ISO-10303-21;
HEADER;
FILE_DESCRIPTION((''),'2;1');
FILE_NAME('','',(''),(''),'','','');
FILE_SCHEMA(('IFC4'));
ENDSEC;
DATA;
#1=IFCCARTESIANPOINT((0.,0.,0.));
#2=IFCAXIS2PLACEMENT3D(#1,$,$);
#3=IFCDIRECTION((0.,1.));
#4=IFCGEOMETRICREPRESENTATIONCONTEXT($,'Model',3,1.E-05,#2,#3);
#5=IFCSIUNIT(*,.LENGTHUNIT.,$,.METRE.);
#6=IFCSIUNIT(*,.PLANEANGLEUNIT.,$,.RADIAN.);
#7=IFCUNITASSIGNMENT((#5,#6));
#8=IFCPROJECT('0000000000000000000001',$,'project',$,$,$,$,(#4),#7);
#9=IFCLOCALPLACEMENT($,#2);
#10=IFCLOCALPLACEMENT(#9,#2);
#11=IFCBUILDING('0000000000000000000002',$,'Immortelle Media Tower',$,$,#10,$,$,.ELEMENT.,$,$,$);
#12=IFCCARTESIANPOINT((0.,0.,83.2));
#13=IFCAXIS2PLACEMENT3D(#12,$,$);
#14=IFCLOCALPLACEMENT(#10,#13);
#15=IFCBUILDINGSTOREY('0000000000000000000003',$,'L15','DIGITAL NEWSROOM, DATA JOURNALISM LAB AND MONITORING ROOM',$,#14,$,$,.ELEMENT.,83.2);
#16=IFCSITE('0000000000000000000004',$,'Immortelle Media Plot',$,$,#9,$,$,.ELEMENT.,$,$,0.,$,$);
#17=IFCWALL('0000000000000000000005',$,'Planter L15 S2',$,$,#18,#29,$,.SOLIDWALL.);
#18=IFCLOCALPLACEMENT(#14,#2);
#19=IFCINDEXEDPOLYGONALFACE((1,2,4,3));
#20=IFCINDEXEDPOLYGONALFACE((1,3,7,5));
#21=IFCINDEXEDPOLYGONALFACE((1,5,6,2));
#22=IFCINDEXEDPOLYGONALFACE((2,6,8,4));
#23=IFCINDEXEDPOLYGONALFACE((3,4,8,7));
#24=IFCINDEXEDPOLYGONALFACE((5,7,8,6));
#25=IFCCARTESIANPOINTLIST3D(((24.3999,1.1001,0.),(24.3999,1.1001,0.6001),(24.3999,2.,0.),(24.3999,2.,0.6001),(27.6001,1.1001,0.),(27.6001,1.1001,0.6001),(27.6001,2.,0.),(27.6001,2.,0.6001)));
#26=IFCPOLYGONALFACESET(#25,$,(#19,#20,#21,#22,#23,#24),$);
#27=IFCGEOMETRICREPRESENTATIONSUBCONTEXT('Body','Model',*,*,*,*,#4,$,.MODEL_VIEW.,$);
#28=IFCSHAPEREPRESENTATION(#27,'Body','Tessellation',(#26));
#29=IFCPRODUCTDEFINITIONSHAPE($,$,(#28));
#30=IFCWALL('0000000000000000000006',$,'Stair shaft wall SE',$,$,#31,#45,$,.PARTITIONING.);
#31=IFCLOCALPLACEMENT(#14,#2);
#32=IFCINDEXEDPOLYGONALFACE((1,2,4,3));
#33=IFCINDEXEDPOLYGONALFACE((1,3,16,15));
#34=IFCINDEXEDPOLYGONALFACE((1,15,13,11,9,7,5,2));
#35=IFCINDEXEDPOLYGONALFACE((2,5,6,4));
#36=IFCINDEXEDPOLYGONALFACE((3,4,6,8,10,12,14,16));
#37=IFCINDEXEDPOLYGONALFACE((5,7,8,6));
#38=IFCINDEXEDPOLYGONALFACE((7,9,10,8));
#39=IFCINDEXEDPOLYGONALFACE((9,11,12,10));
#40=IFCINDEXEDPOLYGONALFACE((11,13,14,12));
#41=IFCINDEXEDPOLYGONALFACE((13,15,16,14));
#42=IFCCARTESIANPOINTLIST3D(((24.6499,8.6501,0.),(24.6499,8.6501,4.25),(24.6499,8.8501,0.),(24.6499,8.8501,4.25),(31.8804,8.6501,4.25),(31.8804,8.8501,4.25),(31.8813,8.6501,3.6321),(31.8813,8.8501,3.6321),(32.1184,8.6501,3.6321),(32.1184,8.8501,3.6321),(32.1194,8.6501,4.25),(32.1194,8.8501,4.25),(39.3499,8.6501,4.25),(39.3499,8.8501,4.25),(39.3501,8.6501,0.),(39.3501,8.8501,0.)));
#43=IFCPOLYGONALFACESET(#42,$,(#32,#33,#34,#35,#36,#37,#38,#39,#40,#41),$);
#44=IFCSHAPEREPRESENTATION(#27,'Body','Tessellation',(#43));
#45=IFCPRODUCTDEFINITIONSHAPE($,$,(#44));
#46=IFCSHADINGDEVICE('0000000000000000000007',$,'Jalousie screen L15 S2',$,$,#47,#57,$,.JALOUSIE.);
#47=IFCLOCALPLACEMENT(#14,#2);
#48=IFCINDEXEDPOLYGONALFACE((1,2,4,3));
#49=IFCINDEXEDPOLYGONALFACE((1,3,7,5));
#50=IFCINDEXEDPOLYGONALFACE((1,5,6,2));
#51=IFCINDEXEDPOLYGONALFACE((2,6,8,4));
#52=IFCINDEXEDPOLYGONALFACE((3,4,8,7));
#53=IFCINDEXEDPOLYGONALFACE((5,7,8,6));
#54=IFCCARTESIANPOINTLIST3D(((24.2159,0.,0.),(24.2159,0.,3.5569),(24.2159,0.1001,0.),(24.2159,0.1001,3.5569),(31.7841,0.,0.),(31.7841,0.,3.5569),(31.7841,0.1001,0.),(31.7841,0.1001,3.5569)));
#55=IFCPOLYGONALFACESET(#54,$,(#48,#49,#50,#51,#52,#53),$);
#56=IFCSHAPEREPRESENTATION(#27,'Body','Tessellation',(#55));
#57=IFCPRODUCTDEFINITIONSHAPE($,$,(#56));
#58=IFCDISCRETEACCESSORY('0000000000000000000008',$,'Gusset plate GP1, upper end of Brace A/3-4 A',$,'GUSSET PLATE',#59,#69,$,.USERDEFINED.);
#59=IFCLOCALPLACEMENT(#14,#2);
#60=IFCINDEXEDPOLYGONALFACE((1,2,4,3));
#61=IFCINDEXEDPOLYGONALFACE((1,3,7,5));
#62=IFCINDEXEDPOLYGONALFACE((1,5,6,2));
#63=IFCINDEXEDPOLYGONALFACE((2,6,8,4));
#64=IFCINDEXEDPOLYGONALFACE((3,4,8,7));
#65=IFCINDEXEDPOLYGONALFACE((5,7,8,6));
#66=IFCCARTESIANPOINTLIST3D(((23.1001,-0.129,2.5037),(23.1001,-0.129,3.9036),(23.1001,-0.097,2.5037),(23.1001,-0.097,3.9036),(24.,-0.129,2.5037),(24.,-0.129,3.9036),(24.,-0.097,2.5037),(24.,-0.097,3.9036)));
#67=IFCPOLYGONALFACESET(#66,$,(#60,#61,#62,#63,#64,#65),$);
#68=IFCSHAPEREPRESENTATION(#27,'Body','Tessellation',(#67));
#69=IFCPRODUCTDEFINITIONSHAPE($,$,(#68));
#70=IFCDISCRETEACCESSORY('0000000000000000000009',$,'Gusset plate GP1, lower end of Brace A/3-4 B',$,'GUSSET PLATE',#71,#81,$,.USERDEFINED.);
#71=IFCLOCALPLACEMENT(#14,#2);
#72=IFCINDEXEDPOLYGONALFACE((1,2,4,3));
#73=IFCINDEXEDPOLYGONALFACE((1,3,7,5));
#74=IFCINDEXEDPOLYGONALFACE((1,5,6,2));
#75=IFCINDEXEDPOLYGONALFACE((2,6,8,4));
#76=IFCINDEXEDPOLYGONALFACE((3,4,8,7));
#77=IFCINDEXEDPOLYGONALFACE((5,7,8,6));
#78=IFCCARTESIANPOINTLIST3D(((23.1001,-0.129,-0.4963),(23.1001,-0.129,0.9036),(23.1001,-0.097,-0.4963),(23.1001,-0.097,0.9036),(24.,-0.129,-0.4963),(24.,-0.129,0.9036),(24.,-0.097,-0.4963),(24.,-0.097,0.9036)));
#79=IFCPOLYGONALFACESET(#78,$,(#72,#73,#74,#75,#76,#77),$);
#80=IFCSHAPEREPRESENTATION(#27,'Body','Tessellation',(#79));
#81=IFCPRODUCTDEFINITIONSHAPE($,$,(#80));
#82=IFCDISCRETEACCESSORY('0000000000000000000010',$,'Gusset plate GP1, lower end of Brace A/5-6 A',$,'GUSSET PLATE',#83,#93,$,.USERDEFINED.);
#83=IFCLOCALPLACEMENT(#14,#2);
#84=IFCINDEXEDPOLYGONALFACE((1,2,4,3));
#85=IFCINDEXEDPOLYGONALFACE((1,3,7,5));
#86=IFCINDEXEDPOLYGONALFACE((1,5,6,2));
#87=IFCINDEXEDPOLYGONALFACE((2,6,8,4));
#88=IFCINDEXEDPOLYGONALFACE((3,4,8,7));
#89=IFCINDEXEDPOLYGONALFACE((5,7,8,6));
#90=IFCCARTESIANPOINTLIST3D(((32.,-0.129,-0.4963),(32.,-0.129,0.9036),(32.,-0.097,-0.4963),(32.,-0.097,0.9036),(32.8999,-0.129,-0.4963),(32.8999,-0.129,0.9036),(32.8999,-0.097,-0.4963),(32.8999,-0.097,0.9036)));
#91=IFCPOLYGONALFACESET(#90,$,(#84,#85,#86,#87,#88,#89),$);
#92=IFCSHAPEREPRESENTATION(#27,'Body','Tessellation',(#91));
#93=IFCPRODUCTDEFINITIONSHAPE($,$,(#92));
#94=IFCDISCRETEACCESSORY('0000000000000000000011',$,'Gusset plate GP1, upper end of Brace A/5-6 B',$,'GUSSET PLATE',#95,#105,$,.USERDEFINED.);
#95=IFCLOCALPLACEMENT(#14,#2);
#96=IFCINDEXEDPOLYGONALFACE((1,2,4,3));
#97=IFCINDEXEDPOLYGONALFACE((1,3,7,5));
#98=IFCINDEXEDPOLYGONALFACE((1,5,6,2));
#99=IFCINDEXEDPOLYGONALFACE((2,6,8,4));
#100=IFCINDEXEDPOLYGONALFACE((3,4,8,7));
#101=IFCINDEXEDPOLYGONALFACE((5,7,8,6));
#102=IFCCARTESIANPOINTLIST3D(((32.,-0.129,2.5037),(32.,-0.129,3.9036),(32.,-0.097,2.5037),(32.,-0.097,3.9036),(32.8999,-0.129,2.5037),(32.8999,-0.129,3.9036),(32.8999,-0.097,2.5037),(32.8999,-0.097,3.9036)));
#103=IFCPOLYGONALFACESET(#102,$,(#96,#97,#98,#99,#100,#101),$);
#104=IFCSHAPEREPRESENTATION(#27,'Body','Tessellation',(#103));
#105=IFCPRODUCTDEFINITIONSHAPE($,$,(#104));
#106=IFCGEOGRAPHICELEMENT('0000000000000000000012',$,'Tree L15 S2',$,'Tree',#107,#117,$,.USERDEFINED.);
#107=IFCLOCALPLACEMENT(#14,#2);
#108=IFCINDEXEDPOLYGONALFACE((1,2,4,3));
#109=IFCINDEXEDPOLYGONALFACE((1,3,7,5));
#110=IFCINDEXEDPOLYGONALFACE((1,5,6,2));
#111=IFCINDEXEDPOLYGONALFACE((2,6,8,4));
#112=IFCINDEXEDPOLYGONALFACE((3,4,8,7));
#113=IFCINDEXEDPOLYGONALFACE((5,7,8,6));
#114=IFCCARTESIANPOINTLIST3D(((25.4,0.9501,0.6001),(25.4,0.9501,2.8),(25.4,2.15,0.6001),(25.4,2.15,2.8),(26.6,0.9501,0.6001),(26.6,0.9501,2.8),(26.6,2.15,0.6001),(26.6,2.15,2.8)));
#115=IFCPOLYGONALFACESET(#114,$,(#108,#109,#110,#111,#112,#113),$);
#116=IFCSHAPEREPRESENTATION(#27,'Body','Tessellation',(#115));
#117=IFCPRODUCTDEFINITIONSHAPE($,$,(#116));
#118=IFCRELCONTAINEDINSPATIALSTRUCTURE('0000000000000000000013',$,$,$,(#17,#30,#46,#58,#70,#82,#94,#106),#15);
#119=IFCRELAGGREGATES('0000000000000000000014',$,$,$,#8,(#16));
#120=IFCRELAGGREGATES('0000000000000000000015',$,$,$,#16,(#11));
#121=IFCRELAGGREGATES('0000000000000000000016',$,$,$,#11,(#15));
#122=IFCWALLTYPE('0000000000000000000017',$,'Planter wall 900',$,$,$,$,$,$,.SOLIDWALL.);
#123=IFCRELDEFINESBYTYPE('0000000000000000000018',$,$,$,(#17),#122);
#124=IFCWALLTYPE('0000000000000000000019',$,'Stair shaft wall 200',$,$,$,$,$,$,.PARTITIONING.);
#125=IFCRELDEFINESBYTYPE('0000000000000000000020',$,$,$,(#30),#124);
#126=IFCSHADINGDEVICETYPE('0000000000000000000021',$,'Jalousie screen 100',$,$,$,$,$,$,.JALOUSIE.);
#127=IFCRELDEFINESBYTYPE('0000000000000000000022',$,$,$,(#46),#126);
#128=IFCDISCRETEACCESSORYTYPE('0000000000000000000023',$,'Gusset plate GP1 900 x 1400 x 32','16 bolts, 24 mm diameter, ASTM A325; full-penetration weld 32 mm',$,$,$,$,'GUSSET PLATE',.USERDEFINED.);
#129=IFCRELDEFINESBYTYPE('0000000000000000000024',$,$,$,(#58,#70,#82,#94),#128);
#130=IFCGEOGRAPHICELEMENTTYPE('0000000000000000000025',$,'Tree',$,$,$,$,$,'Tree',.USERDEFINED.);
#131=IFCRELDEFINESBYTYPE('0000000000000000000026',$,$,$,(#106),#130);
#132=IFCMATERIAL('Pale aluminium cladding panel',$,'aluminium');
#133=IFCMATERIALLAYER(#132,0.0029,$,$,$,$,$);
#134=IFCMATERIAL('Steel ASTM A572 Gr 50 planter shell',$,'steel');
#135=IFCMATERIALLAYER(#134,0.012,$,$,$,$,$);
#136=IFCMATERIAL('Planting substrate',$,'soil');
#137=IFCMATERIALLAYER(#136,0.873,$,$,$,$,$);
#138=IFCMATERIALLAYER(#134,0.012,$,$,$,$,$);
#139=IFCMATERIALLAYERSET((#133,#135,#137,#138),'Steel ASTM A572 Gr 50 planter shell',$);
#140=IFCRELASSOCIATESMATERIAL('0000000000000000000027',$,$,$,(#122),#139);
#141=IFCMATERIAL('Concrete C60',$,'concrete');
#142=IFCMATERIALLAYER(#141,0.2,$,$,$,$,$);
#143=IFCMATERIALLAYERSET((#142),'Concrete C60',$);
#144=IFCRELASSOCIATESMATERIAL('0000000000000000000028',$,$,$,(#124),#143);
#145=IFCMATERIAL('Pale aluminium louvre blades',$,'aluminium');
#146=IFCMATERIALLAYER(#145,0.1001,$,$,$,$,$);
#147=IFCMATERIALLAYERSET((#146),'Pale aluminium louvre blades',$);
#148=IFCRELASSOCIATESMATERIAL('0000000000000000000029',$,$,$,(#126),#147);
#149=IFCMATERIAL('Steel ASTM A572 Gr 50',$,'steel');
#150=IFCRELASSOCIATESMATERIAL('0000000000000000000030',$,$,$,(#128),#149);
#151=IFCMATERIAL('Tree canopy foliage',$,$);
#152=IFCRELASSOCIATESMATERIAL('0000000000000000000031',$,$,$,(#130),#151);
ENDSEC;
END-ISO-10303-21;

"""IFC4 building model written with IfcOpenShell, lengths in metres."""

from ifc_helpers import new_model, si_unit, direction, frame, frame_2d, origin, origin_2d, place, context, subcontext, project, spatial, polyline, rectangle, outline, extrude, material, layer, layer_set, material_profile, profile_set, type_object, element, save


model = new_model("IFC4")

# Units and contexts
model_context = context("Model", 3, precision=1e-05, world=origin(), true_north=direction((0.0, 1.0)))
body_context = subcontext(model_context, "Body", "Model", "MODEL_VIEW")
ifc_project = project(units=[si_unit("LENGTHUNIT", "METRE"), si_unit("PLANEANGLEUNIT", "RADIAN")], contexts=[model_context])

# Site, building, storey
site_placement = place(None, origin())
site = spatial("IfcSite", under=ifc_project, at=site_placement, Name="Immortelle Media Plot", CompositionType="ELEMENT", RefElevation=0.0)
building_placement = place(site_placement, origin())
building = spatial("IfcBuilding", under=site, at=building_placement, Name="Immortelle Media Tower", CompositionType="ELEMENT")
storey_placement = place(building_placement, frame((0.0, 0.0, 83.2)))
storey = spatial("IfcBuildingStorey", under=building, at=storey_placement, Name="L15", Description="DIGITAL NEWSROOM, DATA JOURNALISM LAB AND MONITORING ROOM", CompositionType="ELEMENT", Elevation=83.2)

# Shared definitions
ifc_material_1 = material(Name="Pale aluminium cladding panel", Category="aluminium")

# Walls
ifc_layer_1 = layer(ifc_material_1, 0.0029)
ifc_material_2 = material(Name="Steel ASTM A572 Gr 50 planter shell", Category="steel")
ifc_layer_2 = layer(ifc_material_2, 0.012)
ifc_material_3 = material(Name="Planting substrate", Category="soil")
ifc_layer_3 = layer(ifc_material_3, 0.873)
ifc_layer_4 = layer(ifc_material_2, 0.012)
ifc_layer_set_1 = layer_set([ifc_layer_1, ifc_layer_2, ifc_layer_3, ifc_layer_4], Name="Steel ASTM A572 Gr 50 planter shell")
wall_type_1 = type_object("IfcWallType", Name="Planter wall 900", PredefinedType="SOLIDWALL", material=ifc_layer_set_1)
wall_1_placement = place(storey_placement, frame((24.3999, 1.55, 0.0), z_axis=(0.0, 0.0, 1.0), x_axis=(1.0, 0.0, 0.0)))
element("IfcWall", 1, at=wall_1_placement, inside=storey, type_object=wall_type_1, Name="Planter L15 S2", PredefinedType="SOLIDWALL", context=body_context, shape_type="SweptSolid", body=[
    extrude(rectangle(XDim=3.2002, YDim=0.8999, at=frame_2d((1.6001, 0.0))), origin(), (0.0, 0.0, 1.0), 0.6001),
])
ifc_material_4 = material(Name="Concrete C60", Category="concrete")
ifc_layer_5 = layer(ifc_material_4, 0.2)
ifc_layer_set_2 = layer_set([ifc_layer_5], Name="Concrete C60")
wall_type_2 = type_object("IfcWallType", Name="Stair shaft wall 200", PredefinedType="PARTITIONING", material=ifc_layer_set_2)
wall_2_placement = place(storey_placement, frame((24.6499, 8.75, 0.0), z_axis=(0.0, 0.0, 1.0), x_axis=(1.0, 0.0, 0.0)))
element("IfcWall", 2, at=wall_2_placement, inside=storey, type_object=wall_type_2, Name="Stair shaft wall SE", PredefinedType="PARTITIONING", context=body_context, shape_type="SweptSolid", body=[
    extrude(outline(polyline([(0.0, 0.0), (14.7002, 0.0), (14.7, 4.25), (7.4695, 4.25), (7.4685, 3.6321), (7.2314, 3.6321), (7.2305, 4.25), (0.0, 4.25), (0.0, 0.0)])), frame((0.0, 0.1001, 0.0), z_axis=(0.0, -1.0, 0.0), x_axis=(1.0, 0.0, 0.0)), (0.0, 0.0, 1.0), 0.2),
])

# Shading device
ifc_material_5 = material(Name="Pale aluminium louvre blades", Category="aluminium")
ifc_layer_6 = layer(ifc_material_5, 0.1001)
ifc_layer_set_3 = layer_set([ifc_layer_6], Name="Pale aluminium louvre blades")
shading_device_type = type_object("IfcShadingDeviceType", Name="Jalousie screen 100", PredefinedType="JALOUSIE", material=ifc_layer_set_3)
shading_device_placement = place(storey_placement, frame((28.0, 0.05, 0.0), z_axis=(0.0, 0.0, 1.0), x_axis=(1.0, 0.0, 0.0)))
element("IfcShadingDevice", 3, at=shading_device_placement, inside=storey, type_object=shading_device_type, Name="Jalousie screen L15 S2", PredefinedType="JALOUSIE", context=body_context, shape_type="SweptSolid", body=[
    extrude(rectangle(XDim=7.5681, YDim=0.1001, at=origin_2d()), origin(), (0.0, 0.0, 1.0), 3.5569),
])

# Discrete accessories
ifc_material_6 = material(Name="Steel ASTM A572 Gr 50", Category="steel")
ifc_material_profile_1 = material_profile(ifc_material_6, rectangle(XDim=0.032, YDim=1.3999, at=origin_2d()), Name="PL 32 x 1400")
ifc_profile_set_1 = profile_set([ifc_material_profile_1], Name="Steel ASTM A572 Gr 50")
discrete_accessory_type = type_object("IfcDiscreteAccessoryType", Name="Gusset plate GP1 900 x 1400 x 32", Description="16 bolts, 24 mm diameter, ASTM A325; full-penetration weld 32 mm", ElementType="GUSSET PLATE", PredefinedType="USERDEFINED", material=ifc_profile_set_1)
for number, where, z_axis, x_axis, name in (
    (4, (24.0, -0.113, 3.2036), (-1.0, 0.0, 0.0), (0.0, -1.0, 0.0), "Gusset plate GP1, upper end of Brace A/3-4 A"),
    (5, (24.0, -0.113, 0.2036), (-1.0, 0.0, 0.0), (0.0, -1.0, 0.0), "Gusset plate GP1, lower end of Brace A/3-4 B"),
    (6, (32.0, -0.113, 0.2036), (1.0, 0.0, 0.0), (0.0, 1.0, 0.0), "Gusset plate GP1, lower end of Brace A/5-6 A"),
    (7, (32.0, -0.113, 3.2036), (1.0, 0.0, 0.0), (0.0, 1.0, 0.0), "Gusset plate GP1, upper end of Brace A/5-6 B"),
):
    element("IfcDiscreteAccessory", number, at=place(storey_placement, frame(where, z_axis=z_axis, x_axis=x_axis)), inside=storey, type_object=discrete_accessory_type, Name=name, ObjectType="GUSSET PLATE", PredefinedType="USERDEFINED", context=body_context, shape_type="SweptSolid", body=[
        extrude(rectangle(XDim=0.032, YDim=1.3999, at=origin_2d()), origin(), (0.0, 0.0, 1.0), 0.8999),
    ])

# Geographic element
ifc_material_7 = material(Name="Tree canopy foliage")
geographic_element_type = type_object("IfcGeographicElementType", Name="Tree", ElementType="Tree", PredefinedType="USERDEFINED", material=ifc_material_7)
geographic_element_placement = place(storey_placement, frame((26.0, 1.55, 0.6001), z_axis=(0.0, 0.0, 1.0), x_axis=(1.0, 0.0, 0.0)))
element("IfcGeographicElement", 8, at=geographic_element_placement, inside=storey, type_object=geographic_element_type, Name="Tree L15 S2", ObjectType="Tree", PredefinedType="USERDEFINED", context=body_context, shape_type="SweptSolid", body=[
    extrude(rectangle(XDim=1.2, YDim=1.2, at=origin_2d()), origin(), (0.0, 0.0, 1.0), 2.2),
])

save(model, "model.ifc")
